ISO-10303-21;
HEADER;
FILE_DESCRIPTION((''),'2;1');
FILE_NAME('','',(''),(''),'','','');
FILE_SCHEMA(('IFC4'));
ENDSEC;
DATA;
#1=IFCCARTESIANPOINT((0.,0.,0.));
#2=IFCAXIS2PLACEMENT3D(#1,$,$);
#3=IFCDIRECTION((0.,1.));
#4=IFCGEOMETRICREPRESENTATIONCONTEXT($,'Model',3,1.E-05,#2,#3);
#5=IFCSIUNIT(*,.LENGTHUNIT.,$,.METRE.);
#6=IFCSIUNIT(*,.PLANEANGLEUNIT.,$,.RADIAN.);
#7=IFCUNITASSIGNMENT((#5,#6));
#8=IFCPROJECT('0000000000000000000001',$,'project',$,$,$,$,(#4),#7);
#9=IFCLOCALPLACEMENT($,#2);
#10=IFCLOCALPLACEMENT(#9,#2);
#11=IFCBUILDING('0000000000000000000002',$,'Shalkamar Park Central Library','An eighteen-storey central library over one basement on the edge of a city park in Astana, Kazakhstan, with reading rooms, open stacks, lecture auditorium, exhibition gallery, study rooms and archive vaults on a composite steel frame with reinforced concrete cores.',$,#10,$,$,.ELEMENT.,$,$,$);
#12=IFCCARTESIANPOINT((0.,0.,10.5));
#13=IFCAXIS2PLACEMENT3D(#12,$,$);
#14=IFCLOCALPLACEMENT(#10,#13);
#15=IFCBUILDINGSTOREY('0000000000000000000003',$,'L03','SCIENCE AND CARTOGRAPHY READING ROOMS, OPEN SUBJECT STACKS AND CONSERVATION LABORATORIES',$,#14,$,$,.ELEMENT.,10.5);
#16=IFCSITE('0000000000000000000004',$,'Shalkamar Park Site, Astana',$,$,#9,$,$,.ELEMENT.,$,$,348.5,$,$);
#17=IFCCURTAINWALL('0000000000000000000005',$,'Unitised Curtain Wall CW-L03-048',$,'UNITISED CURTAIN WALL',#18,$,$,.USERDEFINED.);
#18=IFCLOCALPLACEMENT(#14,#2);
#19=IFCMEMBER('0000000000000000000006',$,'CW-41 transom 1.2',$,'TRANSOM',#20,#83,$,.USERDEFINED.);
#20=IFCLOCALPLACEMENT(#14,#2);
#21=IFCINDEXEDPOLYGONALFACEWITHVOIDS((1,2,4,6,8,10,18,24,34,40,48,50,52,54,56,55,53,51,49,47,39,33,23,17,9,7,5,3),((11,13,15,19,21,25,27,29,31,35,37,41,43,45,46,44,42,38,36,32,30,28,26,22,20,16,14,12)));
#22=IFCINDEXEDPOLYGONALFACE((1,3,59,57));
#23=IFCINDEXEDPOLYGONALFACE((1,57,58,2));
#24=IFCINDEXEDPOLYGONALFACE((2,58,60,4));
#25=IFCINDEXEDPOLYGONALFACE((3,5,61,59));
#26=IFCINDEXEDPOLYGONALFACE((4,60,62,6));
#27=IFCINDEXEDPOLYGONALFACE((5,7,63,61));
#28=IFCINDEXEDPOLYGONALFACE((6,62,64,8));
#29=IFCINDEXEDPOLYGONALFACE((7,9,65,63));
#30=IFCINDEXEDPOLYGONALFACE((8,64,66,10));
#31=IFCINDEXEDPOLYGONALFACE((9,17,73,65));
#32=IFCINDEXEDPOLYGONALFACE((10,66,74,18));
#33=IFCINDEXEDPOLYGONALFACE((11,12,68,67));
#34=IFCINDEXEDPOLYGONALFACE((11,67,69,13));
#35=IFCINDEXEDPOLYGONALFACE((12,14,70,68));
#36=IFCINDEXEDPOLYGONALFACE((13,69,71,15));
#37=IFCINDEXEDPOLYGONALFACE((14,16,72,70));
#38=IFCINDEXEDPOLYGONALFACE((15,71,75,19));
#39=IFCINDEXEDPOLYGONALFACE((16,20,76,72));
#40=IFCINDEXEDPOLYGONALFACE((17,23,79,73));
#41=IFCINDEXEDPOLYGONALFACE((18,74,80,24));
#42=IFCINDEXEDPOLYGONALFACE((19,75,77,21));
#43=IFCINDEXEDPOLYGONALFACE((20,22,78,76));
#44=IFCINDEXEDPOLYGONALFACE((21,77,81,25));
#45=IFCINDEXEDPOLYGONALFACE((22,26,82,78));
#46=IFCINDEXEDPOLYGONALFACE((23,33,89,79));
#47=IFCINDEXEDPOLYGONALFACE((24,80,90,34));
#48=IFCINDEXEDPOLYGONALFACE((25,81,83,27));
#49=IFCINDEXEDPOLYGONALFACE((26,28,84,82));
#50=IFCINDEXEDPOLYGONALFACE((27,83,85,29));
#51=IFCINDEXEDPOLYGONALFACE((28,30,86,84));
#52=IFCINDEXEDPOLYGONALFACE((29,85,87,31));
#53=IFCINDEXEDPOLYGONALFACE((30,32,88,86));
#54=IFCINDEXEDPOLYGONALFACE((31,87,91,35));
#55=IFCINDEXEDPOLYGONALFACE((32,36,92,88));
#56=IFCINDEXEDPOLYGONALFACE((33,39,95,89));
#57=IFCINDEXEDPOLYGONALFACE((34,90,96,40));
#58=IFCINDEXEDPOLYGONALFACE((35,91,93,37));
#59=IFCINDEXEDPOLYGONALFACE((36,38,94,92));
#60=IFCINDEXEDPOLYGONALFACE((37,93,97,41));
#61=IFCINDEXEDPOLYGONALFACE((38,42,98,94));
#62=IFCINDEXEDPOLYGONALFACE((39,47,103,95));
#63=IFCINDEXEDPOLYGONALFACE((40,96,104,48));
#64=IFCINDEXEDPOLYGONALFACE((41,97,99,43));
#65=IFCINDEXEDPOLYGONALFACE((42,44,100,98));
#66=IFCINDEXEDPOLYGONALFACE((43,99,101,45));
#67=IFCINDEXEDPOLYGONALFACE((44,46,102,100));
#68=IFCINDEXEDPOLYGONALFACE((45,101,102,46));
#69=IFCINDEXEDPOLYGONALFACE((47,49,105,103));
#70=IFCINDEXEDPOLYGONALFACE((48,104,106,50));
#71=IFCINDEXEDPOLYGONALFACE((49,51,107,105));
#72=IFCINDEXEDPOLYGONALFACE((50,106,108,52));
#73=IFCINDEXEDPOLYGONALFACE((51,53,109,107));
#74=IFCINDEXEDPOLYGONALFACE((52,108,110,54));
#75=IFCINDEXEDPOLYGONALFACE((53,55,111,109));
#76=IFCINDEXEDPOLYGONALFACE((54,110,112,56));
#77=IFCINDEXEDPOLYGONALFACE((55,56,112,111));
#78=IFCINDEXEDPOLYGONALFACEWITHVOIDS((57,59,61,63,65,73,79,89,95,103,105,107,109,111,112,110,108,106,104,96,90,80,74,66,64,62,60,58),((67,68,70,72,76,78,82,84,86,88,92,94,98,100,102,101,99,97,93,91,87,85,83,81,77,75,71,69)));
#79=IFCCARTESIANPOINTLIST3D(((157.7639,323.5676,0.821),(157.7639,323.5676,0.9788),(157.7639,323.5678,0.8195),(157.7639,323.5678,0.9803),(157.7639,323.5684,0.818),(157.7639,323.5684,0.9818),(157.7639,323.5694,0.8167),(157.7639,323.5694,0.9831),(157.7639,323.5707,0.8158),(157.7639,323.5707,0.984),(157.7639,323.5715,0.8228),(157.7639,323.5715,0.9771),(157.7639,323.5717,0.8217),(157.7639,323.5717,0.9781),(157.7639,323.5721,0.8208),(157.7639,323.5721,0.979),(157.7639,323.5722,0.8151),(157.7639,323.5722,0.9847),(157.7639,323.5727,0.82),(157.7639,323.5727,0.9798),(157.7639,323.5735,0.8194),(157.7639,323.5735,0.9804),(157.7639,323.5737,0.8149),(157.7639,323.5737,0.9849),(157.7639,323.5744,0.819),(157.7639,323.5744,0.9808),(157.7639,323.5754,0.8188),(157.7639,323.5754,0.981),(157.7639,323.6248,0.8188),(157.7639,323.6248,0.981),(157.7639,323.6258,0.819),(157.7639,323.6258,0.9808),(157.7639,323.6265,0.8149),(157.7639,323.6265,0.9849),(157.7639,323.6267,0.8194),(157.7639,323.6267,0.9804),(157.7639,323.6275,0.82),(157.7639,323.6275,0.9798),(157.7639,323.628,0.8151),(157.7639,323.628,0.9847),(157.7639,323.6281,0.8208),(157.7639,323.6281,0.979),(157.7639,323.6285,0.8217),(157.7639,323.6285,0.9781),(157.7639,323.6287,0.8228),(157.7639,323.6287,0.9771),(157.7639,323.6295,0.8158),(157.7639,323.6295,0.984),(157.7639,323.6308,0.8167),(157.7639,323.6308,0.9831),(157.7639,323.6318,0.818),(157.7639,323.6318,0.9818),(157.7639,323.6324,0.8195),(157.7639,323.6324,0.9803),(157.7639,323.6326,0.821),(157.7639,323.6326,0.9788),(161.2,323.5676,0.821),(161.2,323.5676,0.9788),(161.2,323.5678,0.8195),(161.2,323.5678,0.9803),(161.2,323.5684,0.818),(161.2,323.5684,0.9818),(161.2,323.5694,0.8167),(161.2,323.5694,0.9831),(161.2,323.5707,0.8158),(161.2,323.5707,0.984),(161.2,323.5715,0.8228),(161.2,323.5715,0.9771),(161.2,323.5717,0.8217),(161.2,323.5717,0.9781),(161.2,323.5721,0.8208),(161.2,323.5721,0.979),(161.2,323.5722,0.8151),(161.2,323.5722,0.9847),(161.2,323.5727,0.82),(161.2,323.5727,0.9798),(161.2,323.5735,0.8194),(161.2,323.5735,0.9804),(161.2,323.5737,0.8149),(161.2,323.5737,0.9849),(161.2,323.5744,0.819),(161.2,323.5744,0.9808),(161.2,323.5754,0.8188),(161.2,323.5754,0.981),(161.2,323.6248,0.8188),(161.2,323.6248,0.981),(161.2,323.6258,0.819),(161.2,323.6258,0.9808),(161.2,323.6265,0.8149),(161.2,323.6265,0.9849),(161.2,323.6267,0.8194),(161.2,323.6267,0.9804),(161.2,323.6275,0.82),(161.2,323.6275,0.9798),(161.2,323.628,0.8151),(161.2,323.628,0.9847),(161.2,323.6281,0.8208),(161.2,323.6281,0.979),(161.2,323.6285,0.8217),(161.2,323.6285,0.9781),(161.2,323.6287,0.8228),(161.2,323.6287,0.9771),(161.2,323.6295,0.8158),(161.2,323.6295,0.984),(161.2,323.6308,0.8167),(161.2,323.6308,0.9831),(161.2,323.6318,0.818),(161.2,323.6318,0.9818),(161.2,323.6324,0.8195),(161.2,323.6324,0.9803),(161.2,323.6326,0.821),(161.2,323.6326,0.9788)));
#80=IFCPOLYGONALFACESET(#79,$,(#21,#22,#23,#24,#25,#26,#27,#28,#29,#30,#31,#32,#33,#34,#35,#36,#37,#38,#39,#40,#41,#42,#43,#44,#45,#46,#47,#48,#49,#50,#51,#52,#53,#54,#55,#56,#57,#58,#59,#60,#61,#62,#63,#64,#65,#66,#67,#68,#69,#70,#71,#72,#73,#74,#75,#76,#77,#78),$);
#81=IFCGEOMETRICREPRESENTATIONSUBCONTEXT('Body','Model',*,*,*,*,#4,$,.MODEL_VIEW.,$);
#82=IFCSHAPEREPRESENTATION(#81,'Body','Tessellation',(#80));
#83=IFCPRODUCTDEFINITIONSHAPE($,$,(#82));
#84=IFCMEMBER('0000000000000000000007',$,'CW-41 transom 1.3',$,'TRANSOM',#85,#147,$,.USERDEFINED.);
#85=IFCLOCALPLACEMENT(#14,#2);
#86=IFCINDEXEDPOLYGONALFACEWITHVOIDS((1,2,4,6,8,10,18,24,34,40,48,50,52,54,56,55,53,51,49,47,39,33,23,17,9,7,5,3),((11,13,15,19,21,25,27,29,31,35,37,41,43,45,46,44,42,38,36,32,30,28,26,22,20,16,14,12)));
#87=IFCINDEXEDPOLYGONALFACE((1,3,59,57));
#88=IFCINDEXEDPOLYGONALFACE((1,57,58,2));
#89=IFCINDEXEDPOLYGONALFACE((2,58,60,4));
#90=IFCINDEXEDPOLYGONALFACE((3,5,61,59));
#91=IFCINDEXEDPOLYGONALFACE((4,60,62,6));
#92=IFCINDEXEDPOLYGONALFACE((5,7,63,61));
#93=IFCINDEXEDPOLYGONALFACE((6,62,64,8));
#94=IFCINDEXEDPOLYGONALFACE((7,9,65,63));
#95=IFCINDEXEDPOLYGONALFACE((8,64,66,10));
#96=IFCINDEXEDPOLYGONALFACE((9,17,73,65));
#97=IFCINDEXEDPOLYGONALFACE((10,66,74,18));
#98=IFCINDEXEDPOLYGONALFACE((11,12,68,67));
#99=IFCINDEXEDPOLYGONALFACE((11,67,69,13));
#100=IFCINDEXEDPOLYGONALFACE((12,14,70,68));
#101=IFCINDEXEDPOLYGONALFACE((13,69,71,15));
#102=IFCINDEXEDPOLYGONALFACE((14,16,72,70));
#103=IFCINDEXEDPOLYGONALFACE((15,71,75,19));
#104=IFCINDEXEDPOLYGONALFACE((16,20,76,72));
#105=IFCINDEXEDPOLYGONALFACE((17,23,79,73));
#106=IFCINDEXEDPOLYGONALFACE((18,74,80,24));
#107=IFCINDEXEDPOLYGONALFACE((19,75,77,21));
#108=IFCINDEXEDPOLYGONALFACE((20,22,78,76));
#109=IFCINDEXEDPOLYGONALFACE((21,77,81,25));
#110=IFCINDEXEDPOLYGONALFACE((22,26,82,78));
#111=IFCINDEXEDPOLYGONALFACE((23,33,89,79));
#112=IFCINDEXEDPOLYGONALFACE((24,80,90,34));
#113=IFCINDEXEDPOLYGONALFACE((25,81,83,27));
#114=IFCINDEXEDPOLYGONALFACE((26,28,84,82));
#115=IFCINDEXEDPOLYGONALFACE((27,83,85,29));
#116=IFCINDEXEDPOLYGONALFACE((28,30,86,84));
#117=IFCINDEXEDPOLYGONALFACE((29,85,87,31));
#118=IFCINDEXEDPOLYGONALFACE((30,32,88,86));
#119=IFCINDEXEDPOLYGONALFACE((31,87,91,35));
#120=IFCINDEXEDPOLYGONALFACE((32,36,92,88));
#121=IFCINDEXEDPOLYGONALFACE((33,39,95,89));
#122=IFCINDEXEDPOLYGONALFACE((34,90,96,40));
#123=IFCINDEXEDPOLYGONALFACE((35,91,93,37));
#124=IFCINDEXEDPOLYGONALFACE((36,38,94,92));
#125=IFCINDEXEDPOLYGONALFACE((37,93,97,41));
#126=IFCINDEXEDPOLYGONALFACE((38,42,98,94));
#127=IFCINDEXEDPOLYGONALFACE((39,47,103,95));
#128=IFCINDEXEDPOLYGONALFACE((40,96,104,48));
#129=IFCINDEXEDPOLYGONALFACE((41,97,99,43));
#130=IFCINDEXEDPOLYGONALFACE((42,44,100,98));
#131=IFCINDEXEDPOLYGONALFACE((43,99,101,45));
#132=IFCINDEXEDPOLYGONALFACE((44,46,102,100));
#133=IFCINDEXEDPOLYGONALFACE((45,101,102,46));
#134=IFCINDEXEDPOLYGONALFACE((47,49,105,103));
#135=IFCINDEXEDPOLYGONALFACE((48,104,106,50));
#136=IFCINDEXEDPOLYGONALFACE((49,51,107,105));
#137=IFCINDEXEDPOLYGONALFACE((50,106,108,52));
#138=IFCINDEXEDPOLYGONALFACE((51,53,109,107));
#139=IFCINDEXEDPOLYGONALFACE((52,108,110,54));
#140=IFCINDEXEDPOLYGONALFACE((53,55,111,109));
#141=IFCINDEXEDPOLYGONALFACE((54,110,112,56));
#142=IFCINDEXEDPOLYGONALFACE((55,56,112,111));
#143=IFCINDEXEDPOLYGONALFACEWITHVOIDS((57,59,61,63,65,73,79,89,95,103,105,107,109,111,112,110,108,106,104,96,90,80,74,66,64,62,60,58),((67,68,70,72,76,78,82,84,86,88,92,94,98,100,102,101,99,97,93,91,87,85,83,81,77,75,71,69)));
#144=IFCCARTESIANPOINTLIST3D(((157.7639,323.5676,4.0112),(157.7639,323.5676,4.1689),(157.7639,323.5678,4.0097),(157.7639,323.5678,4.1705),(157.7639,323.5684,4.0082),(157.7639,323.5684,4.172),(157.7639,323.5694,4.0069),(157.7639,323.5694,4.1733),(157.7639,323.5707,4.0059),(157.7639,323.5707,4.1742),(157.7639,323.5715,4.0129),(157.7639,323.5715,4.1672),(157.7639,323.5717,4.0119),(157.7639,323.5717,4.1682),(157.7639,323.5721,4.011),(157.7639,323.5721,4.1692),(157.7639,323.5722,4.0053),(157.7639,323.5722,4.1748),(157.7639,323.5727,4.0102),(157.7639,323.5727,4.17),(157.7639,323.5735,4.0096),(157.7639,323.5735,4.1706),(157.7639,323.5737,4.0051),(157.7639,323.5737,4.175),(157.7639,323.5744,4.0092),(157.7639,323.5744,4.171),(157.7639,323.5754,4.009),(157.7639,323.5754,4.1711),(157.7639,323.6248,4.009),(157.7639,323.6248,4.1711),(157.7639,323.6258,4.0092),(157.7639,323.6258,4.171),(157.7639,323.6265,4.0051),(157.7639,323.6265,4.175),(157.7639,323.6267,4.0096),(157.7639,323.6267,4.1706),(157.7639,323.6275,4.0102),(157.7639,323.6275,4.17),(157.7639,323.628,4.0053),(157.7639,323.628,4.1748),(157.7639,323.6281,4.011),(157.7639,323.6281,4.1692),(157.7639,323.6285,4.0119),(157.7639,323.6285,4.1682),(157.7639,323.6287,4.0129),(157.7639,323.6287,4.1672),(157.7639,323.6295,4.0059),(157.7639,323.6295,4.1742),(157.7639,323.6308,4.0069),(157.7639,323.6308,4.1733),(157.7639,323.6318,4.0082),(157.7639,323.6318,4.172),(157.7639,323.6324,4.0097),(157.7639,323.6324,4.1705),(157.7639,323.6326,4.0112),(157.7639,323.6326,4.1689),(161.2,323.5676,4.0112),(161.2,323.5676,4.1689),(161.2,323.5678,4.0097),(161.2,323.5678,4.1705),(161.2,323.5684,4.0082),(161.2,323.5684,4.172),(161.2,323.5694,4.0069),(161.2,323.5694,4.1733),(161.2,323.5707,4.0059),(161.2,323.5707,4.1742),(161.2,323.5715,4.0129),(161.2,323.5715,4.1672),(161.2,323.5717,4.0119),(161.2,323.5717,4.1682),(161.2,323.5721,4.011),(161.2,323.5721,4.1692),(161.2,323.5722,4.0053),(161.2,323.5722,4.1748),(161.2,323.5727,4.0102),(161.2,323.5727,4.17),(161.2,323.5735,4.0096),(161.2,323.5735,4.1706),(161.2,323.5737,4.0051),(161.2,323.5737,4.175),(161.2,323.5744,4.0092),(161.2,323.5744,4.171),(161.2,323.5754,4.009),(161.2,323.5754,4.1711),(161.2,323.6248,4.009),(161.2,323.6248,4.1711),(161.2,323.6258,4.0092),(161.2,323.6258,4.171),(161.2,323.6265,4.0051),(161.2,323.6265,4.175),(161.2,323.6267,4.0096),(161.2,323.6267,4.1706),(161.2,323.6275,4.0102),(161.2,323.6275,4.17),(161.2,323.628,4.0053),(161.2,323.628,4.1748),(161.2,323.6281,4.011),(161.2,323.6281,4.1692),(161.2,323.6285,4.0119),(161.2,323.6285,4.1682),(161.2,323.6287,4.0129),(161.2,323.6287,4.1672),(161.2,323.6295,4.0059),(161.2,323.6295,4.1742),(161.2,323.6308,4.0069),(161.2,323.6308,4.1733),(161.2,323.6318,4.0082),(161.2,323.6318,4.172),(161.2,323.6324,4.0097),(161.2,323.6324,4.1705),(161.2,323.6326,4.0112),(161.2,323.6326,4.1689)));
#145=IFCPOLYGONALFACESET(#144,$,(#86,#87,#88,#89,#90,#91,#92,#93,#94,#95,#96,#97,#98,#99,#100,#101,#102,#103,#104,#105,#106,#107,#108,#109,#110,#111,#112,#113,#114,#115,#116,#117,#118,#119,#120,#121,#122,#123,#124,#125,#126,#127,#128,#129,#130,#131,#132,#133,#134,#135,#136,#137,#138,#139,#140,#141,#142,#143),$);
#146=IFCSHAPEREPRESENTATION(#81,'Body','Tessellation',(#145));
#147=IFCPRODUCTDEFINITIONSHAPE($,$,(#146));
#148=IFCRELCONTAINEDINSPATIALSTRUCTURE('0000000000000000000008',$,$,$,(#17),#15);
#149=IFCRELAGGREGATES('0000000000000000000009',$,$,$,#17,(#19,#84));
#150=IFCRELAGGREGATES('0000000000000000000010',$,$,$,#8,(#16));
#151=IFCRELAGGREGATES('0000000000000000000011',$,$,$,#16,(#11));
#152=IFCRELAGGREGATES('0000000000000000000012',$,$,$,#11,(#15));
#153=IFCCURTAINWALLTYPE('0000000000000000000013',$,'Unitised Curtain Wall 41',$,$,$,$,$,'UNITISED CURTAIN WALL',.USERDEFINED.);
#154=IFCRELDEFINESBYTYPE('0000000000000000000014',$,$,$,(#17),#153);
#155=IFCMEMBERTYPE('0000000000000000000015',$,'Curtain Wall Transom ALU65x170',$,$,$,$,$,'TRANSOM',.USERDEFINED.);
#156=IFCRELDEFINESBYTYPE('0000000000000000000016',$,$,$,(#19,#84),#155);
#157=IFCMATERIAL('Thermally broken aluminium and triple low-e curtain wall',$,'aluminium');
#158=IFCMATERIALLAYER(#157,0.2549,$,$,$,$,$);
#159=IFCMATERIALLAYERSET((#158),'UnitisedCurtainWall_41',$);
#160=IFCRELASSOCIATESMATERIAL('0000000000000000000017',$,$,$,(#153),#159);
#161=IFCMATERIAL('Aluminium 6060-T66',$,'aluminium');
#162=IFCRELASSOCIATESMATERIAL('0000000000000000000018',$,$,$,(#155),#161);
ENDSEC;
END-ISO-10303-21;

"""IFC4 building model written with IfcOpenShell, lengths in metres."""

from ifc_helpers import new_model, si_unit, direction, frame, origin, origin_2d, place, context, subcontext, project, spatial, hollow_rectangle, extrude, material, layer, layer_set, material_profile, profile_set, type_object, element, aggregate, save


model = new_model("IFC4")

# Units and contexts
model_context = context("Model", 3, precision=1e-05, world=origin(), true_north=direction((0.0, 1.0)))
body_context = subcontext(model_context, "Body", "Model", "MODEL_VIEW")
ifc_project = project(units=[si_unit("LENGTHUNIT", "METRE"), si_unit("PLANEANGLEUNIT", "RADIAN")], contexts=[model_context])

# Site, building, storey
site_placement = place(None, origin())
site = spatial("IfcSite", under=ifc_project, at=site_placement, Name="Shalkamar Park Site, Astana", CompositionType="ELEMENT", RefElevation=348.5)
building_placement = place(site_placement, origin())
building = spatial("IfcBuilding", under=site, at=building_placement, Name="Shalkamar Park Central Library", Description="An eighteen-storey central library over one basement on the edge of a city park in Astana, Kazakhstan, with reading rooms, open stacks, lecture auditorium, exhibition gallery, study rooms and archive vaults on a composite steel frame with reinforced concrete cores.", CompositionType="ELEMENT")
storey_placement = place(building_placement, frame((0.0, 0.0, 10.5)))
storey = spatial("IfcBuildingStorey", under=building, at=storey_placement, Name="L03", Description="SCIENCE AND CARTOGRAPHY READING ROOMS, OPEN SUBJECT STACKS AND CONSERVATION LABORATORIES", CompositionType="ELEMENT", Elevation=10.5)

# Shared definitions
ifc_material_1 = material(Name="Thermally broken aluminium and triple low-e curtain wall", Category="aluminium")
ifc_material_2 = material(Name="Aluminium 6060-T66", Category="aluminium")

# Curtain wall, members
ifc_layer_1 = layer(ifc_material_1, 0.2549)
ifc_layer_set_1 = layer_set([ifc_layer_1], Name="UnitisedCurtainWall_41")
curtain_wall_type_1 = type_object("IfcCurtainWallType", Name="Unitised Curtain Wall 41", ElementType="UNITISED CURTAIN WALL", PredefinedType="USERDEFINED", material=ifc_layer_set_1)
curtain_wall_1_placement = place(storey_placement, origin())
curtain_wall_1 = element("IfcCurtainWall", 1, at=curtain_wall_1_placement, inside=storey, type_object=curtain_wall_type_1, Name="Unitised Curtain Wall CW-L03-048", ObjectType="UNITISED CURTAIN WALL", PredefinedType="USERDEFINED")
ifc_material_profile_1 = material_profile(ifc_material_2, hollow_rectangle(XDim=0.0649, YDim=0.1699, WallThickness=0.0039, InnerFilletRadius=0.0039, OuterFilletRadius=0.0061, at=origin_2d()), Name="ALU 65x170x4")
ifc_profile_set_1 = profile_set([ifc_material_profile_1], Name="Aluminium 6060-T66")
member_type_1 = type_object("IfcMemberType", Name="Curtain Wall Transom ALU65x170", ElementType="TRANSOM", PredefinedType="USERDEFINED", material=ifc_profile_set_1)
member_1_placement = place(storey_placement, frame((157.7639, 323.6001, 0.8999), z_axis=(1.0, 0.0, 0.0), x_axis=(0.0, 1.0, 0.0)))
member_1 = element("IfcMember", 2, at=member_1_placement, type_object=member_type_1, Name="CW-41 transom 1.2", ObjectType="TRANSOM", PredefinedType="USERDEFINED", context=body_context, shape_type="SweptSolid", body=[
    extrude(hollow_rectangle(XDim=0.0649, YDim=0.1699, WallThickness=0.0039, InnerFilletRadius=0.0039, OuterFilletRadius=0.0061, at=origin_2d()), origin(), (0.0, 0.0, 1.0), 3.436),
])
member_2_placement = place(storey_placement, frame((157.7639, 323.6001, 4.0901), z_axis=(1.0, 0.0, 0.0), x_axis=(0.0, 1.0, 0.0)))
member_2 = element("IfcMember", 3, at=member_2_placement, type_object=member_type_1, Name="CW-41 transom 1.3", ObjectType="TRANSOM", PredefinedType="USERDEFINED", context=body_context, shape_type="SweptSolid", body=[
    extrude(hollow_rectangle(XDim=0.0649, YDim=0.1699, WallThickness=0.0039, InnerFilletRadius=0.0039, OuterFilletRadius=0.0061, at=origin_2d()), origin(), (0.0, 0.0, 1.0), 3.436),
])

aggregate(curtain_wall_1, [member_1, member_2])

save(model, "model.ifc")
